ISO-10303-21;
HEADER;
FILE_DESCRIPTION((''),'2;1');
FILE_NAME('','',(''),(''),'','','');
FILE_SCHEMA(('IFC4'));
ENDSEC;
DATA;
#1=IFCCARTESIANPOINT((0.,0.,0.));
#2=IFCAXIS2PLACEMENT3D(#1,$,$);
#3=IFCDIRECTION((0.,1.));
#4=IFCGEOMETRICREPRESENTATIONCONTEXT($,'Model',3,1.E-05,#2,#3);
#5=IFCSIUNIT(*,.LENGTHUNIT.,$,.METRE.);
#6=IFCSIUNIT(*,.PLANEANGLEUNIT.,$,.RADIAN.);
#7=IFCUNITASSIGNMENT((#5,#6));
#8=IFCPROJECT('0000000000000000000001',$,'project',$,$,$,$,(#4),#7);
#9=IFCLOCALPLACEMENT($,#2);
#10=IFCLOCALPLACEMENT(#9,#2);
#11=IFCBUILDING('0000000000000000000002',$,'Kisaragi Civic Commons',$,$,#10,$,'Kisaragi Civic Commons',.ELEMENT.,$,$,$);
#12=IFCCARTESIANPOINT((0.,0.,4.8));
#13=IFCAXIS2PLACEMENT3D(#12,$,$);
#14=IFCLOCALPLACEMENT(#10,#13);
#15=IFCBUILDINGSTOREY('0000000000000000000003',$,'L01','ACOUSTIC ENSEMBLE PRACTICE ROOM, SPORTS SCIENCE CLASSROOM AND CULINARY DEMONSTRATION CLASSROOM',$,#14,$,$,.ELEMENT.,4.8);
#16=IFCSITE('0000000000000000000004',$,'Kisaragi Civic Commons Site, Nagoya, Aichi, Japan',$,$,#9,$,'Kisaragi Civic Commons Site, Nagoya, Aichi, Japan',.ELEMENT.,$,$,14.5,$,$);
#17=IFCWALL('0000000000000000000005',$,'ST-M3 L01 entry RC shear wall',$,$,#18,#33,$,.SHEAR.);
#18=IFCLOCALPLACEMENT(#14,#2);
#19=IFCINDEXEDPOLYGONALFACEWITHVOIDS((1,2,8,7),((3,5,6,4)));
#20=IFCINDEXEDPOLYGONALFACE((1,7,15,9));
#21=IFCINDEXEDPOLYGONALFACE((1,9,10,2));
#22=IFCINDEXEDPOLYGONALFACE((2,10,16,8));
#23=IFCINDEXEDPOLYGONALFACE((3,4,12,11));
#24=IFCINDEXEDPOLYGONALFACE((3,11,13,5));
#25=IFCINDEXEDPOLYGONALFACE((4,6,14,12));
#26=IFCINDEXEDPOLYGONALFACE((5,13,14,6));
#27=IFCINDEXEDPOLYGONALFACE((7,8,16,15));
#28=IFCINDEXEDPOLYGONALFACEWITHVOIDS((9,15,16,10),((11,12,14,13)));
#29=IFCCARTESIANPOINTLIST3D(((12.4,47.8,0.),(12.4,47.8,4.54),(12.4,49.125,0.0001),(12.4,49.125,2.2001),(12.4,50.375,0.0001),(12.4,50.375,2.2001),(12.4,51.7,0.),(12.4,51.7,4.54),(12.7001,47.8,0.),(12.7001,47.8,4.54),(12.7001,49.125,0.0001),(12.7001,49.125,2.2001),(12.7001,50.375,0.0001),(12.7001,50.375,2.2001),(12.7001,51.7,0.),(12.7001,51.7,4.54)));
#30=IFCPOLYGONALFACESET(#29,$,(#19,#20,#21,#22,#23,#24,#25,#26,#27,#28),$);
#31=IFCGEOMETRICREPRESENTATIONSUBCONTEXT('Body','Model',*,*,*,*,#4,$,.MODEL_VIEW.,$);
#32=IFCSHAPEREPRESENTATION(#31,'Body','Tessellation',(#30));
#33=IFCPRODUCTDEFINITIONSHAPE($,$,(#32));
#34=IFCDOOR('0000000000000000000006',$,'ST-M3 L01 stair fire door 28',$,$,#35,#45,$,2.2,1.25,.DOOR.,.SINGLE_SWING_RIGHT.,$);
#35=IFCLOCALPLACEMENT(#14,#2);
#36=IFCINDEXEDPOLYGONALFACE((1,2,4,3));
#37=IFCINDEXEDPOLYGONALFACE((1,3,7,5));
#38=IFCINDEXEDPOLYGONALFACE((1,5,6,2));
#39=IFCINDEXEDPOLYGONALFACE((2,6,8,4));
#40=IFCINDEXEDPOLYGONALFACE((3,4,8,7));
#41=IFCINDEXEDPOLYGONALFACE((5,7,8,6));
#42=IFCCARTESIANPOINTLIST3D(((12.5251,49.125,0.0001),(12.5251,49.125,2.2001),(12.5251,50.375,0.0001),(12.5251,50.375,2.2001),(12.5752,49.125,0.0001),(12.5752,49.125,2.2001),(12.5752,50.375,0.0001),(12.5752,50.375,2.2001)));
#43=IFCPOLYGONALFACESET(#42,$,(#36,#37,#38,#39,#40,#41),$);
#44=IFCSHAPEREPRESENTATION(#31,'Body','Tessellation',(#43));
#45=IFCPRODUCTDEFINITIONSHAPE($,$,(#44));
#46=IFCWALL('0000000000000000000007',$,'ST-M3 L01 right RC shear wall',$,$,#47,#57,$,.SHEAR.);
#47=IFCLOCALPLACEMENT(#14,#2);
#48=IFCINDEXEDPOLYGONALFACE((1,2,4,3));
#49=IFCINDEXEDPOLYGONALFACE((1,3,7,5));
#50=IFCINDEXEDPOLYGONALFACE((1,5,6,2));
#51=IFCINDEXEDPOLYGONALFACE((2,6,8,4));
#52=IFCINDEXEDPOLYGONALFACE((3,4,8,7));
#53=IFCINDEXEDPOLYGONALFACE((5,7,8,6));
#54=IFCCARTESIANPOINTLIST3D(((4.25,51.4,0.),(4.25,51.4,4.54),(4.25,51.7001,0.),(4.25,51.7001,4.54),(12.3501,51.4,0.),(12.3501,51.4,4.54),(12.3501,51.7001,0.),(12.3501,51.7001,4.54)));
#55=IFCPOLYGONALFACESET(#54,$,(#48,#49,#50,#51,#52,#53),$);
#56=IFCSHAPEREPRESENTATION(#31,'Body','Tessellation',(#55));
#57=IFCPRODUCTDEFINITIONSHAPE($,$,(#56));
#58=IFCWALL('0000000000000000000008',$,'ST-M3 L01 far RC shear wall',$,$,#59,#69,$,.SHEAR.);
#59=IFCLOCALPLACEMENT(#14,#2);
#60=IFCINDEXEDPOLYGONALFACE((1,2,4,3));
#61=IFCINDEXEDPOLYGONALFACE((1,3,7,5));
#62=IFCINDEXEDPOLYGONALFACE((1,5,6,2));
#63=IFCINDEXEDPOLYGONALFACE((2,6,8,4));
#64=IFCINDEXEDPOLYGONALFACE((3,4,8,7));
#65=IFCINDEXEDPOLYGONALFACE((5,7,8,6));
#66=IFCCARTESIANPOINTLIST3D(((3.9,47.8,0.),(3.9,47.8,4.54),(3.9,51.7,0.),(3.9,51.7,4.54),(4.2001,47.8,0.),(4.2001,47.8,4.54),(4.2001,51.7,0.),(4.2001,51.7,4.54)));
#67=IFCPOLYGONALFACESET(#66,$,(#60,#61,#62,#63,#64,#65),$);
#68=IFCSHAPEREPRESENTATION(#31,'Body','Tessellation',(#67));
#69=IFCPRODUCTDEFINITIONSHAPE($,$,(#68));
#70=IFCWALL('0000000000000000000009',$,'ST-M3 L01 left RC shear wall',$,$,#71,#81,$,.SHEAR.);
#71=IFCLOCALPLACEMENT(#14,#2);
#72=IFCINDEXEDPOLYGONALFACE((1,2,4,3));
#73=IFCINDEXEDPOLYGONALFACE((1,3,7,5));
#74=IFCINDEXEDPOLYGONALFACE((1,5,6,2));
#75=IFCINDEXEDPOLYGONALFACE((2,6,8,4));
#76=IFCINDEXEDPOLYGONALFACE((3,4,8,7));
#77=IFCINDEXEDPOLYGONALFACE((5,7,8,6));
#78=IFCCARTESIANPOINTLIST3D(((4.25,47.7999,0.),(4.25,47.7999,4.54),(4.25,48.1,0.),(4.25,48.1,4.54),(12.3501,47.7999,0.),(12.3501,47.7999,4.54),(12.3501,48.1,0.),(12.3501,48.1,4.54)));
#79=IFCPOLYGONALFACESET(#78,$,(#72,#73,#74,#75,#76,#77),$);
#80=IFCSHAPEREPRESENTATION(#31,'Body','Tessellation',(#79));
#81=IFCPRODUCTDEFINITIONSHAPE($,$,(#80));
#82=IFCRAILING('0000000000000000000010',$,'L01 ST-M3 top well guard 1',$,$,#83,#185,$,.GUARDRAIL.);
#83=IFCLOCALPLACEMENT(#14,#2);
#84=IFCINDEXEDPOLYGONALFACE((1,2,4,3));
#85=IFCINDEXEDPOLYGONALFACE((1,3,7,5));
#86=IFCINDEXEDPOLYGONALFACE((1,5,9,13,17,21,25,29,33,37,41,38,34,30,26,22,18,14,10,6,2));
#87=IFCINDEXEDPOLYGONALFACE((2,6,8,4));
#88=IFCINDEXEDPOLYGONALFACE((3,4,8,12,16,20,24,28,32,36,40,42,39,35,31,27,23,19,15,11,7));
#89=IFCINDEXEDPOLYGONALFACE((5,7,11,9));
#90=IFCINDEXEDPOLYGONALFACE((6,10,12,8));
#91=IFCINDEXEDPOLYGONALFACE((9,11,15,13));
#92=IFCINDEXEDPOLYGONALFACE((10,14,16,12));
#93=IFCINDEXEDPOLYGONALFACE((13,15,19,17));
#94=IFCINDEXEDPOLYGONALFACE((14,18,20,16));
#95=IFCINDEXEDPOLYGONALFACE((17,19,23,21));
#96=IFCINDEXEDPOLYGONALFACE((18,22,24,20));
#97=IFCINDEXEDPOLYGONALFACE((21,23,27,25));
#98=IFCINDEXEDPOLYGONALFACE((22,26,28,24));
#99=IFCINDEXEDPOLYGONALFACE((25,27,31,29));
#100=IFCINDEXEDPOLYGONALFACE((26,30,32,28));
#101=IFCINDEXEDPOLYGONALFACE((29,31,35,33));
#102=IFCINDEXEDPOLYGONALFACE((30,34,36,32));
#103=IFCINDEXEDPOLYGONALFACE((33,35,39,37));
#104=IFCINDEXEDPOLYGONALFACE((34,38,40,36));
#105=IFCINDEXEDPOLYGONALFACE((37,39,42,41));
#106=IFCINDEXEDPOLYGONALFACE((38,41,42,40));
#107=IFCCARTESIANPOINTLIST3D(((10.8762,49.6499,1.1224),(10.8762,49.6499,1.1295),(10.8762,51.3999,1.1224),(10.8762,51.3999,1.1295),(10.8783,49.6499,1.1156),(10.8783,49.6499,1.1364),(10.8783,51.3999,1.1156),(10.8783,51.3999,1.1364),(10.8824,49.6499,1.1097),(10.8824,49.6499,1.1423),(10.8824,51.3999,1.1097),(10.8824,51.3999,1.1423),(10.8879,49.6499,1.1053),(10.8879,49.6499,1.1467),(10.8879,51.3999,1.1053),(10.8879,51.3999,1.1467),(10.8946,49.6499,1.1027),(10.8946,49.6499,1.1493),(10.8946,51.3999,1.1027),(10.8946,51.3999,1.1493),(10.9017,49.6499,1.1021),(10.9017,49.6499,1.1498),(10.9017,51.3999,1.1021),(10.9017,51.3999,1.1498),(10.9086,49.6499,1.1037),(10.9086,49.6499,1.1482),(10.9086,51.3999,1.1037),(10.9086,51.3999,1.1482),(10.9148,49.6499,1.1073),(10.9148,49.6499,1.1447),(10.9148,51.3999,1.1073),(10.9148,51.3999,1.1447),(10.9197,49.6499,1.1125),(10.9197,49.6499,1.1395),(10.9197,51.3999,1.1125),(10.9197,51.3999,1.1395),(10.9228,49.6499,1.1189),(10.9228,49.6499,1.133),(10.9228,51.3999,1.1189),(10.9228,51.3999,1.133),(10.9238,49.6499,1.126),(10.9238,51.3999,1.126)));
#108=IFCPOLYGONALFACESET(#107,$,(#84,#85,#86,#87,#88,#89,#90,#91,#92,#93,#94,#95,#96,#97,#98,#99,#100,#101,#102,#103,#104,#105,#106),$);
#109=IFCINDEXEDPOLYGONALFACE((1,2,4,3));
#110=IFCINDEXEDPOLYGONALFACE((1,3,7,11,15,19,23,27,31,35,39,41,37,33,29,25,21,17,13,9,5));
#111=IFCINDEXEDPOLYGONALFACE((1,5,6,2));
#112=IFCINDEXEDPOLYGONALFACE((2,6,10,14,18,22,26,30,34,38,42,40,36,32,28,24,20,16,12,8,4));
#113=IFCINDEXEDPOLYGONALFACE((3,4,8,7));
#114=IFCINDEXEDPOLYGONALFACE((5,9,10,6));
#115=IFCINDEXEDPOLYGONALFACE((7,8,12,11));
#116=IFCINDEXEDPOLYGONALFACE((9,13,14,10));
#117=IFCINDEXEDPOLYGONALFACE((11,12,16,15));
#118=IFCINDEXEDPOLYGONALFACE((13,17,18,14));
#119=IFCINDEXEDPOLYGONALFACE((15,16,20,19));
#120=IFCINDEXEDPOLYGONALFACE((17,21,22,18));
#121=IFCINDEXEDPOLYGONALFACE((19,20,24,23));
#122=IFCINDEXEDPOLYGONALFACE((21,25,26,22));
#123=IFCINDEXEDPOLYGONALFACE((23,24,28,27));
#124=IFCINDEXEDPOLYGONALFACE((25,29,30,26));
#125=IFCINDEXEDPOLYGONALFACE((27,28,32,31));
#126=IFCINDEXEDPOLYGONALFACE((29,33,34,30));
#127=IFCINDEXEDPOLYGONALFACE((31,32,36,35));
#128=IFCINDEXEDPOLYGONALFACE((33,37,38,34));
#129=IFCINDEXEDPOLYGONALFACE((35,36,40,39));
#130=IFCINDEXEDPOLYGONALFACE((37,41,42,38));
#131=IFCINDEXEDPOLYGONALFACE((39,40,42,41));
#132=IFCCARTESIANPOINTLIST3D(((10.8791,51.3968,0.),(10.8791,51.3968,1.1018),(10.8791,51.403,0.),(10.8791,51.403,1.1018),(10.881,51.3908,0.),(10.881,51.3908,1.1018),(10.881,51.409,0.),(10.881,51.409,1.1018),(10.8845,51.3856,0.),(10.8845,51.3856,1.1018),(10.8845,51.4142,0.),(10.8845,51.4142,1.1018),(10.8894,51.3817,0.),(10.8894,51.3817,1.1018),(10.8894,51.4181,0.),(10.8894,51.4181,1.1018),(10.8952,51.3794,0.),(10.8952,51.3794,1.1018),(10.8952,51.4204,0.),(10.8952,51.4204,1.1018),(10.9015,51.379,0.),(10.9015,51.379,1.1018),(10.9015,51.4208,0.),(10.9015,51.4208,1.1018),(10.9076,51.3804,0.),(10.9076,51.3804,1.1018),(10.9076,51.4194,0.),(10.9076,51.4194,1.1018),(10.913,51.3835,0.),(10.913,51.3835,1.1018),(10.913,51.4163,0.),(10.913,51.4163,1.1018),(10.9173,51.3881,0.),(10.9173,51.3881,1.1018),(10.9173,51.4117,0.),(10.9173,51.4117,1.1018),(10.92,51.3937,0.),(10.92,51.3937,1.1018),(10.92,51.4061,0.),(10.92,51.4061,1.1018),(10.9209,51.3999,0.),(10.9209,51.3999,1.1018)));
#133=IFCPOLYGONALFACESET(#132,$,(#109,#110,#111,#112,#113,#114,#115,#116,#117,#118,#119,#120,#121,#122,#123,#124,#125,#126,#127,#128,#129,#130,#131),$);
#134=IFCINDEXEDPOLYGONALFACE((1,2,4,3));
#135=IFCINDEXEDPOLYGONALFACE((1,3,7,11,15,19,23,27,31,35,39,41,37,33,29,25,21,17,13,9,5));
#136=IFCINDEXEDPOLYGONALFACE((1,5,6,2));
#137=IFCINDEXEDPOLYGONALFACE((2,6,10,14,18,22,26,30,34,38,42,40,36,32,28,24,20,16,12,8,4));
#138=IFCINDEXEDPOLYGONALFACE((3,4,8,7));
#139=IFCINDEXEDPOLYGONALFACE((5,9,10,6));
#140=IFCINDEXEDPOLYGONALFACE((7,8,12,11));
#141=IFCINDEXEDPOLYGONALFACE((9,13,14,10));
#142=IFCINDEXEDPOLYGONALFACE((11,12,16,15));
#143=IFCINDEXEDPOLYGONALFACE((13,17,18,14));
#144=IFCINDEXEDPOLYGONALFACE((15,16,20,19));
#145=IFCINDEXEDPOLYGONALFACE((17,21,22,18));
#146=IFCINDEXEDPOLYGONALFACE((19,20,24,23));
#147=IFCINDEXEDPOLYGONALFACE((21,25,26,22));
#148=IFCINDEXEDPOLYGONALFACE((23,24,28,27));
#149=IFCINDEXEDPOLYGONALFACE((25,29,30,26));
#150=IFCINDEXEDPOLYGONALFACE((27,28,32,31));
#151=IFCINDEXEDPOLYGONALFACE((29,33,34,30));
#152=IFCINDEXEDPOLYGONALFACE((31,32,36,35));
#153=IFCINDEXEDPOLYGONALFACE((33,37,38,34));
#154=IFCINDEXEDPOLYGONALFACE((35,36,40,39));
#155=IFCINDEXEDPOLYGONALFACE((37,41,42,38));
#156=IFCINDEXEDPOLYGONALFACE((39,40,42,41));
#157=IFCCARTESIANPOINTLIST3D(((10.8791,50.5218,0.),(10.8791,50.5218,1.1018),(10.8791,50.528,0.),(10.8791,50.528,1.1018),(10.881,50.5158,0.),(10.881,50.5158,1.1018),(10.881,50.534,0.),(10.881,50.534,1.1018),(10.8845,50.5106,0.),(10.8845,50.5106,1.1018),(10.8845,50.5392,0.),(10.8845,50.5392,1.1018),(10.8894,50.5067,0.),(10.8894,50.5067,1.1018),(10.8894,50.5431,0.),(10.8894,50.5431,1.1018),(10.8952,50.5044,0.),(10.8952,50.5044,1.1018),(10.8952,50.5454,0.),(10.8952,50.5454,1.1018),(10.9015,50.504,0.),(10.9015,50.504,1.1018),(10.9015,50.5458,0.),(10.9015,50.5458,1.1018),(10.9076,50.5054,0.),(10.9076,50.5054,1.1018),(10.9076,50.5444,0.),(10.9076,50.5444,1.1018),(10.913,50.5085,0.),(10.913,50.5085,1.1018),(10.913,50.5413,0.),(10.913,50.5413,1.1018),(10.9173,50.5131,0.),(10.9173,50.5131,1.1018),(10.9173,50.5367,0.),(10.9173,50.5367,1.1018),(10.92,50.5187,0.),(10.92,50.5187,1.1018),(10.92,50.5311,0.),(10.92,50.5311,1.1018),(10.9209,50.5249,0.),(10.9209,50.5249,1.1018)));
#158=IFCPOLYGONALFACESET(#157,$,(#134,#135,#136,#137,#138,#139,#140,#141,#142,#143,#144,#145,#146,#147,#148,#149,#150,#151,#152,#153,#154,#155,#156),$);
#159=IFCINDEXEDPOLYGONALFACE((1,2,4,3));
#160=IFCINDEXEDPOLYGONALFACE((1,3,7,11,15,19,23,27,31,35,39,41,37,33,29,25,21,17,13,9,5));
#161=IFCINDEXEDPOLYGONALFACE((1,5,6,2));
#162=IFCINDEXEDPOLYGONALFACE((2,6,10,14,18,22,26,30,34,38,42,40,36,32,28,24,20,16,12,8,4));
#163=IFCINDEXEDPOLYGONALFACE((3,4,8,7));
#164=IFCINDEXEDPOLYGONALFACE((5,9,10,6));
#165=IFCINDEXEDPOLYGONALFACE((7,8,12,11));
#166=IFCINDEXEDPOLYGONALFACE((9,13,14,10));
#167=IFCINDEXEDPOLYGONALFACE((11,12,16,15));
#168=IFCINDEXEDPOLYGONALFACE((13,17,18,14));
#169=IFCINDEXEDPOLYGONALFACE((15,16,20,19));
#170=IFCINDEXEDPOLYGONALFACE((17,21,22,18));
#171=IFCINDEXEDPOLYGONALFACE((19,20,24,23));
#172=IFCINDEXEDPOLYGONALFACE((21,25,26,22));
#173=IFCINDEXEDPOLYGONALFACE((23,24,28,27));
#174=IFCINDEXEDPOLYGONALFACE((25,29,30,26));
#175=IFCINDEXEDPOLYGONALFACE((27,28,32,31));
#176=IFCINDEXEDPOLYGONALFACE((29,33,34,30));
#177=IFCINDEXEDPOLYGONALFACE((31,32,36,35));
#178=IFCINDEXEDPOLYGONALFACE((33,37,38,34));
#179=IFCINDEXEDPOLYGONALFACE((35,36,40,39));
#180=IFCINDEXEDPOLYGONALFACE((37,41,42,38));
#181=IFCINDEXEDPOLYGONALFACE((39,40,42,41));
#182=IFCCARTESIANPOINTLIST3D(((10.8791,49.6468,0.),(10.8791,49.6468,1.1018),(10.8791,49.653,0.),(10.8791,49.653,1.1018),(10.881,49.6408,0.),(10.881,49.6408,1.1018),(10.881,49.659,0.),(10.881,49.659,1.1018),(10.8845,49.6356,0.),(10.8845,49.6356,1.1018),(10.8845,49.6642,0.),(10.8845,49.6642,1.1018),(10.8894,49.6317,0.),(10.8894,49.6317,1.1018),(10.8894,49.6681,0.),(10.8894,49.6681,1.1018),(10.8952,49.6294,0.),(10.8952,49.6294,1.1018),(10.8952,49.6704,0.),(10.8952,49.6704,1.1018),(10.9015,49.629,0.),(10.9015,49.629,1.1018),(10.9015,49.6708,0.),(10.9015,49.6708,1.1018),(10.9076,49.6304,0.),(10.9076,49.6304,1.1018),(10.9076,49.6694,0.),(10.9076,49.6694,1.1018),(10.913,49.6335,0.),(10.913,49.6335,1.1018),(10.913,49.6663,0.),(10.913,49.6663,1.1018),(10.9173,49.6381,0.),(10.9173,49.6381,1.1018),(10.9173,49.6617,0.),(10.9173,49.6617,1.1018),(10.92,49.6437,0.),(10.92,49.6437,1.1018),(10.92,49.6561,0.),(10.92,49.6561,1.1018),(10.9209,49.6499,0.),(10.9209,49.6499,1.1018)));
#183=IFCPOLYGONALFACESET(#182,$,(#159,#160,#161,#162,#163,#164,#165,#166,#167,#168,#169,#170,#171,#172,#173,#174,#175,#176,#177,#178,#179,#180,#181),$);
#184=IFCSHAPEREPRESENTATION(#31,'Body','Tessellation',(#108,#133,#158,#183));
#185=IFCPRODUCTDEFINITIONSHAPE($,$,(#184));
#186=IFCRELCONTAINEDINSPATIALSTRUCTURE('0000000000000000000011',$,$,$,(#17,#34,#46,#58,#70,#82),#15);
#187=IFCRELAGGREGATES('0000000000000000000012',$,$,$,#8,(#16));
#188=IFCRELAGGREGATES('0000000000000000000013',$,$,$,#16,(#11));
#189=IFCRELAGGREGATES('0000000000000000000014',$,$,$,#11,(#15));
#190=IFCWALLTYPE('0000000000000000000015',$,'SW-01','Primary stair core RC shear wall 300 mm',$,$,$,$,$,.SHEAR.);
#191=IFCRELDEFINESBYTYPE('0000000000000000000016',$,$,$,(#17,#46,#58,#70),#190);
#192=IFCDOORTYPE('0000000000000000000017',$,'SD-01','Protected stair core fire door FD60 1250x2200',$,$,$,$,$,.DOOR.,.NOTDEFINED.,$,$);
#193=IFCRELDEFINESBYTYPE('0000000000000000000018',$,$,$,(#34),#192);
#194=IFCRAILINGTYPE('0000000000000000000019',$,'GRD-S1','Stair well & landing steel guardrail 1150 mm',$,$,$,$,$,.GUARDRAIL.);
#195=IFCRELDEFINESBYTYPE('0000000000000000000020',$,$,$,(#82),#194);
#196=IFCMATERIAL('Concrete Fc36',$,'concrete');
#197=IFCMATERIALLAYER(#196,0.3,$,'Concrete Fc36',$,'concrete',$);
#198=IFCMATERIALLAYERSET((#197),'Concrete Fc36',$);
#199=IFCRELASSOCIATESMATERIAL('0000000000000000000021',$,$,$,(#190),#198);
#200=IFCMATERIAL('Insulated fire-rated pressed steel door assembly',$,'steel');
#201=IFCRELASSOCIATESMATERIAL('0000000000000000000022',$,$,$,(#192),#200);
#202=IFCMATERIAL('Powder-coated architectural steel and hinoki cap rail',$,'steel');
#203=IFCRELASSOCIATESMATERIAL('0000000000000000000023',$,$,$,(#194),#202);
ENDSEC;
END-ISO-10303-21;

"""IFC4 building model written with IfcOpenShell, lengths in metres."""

from ifc_helpers import new_model, si_unit, direction, frame, frame_2d, origin, origin_2d, place, context, subcontext, project, spatial, rectangle, circle, extrude, material, layer, layer_set, type_object, element, fill, save


model = new_model("IFC4")

# Units and contexts
model_context = context("Model", 3, precision=1e-05, world=origin(), true_north=direction((0.0, 1.0)))
body_context = subcontext(model_context, "Body", "Model", "MODEL_VIEW")
ifc_project = project(units=[si_unit("LENGTHUNIT", "METRE"), si_unit("PLANEANGLEUNIT", "RADIAN")], contexts=[model_context])

# Site, building, storey
site_placement = place(None, origin())
site = spatial("IfcSite", under=ifc_project, at=site_placement, Name="Kisaragi Civic Commons Site, Nagoya, Aichi, Japan", LongName="Kisaragi Civic Commons Site, Nagoya, Aichi, Japan", CompositionType="ELEMENT", RefElevation=14.5)
building_placement = place(site_placement, origin())
building = spatial("IfcBuilding", under=site, at=building_placement, Name="Kisaragi Civic Commons", LongName="Kisaragi Civic Commons", CompositionType="ELEMENT")
storey_placement = place(building_placement, frame((0.0, 0.0, 4.8)))
storey = spatial("IfcBuildingStorey", under=building, at=storey_placement, Name="L01", Description="ACOUSTIC ENSEMBLE PRACTICE ROOM, SPORTS SCIENCE CLASSROOM AND CULINARY DEMONSTRATION CLASSROOM", CompositionType="ELEMENT", Elevation=4.8)

# Shared definitions
ifc_material_1 = material(Name="Concrete Fc36", Category="concrete")

# Wall, opening, door
ifc_layer_1 = layer(ifc_material_1, 0.3, Name="Concrete Fc36", Category="concrete")
ifc_layer_set_1 = layer_set([ifc_layer_1], Name="Concrete Fc36")
wall_type_1 = type_object("IfcWallType", Name="SW-01", Description="Primary stair core RC shear wall 300 mm", PredefinedType="SHEAR", material=ifc_layer_set_1)
wall_1_placement = place(storey_placement, frame((12.55, 47.8, 0.0), z_axis=(0.0, 0.0, 1.0), x_axis=(0.0, 1.0, 0.0)))
wall_1 = element("IfcWall", 1, at=wall_1_placement, inside=storey, type_object=wall_type_1, Name="ST-M3 L01 entry RC shear wall", PredefinedType="SHEAR", context=body_context, shape_type="SweptSolid", body=[
    extrude(rectangle(XDim=3.8999, YDim=0.3, at=frame_2d((1.95, 0.0))), origin(), (0.0, 0.0, 1.0), 4.54),
])
opening_1_placement = place(wall_1_placement, frame((1.325, 0.0, 0.0)))
opening_1 = element("IfcOpeningElement", 2, at=opening_1_placement, cuts=wall_1, PredefinedType="OPENING", context=body_context, shape_type="SweptSolid", body=[
    extrude(rectangle(XDim=1.25, YDim=2.2, at=frame_2d((0.625, 1.1001))), frame((0.0, 0.1599, 0.0), z_axis=(0.0, -1.0, 0.0), x_axis=(1.0, 0.0, 0.0)), (0.0, 0.0, 1.0), 0.3201),
])
ifc_material_2 = material(Name="Insulated fire-rated pressed steel door assembly", Category="steel")
door_type_1 = type_object("IfcDoorType", Name="SD-01", Description="Protected stair core fire door FD60 1250x2200", OperationType="NOTDEFINED", PredefinedType="DOOR", material=ifc_material_2)
door_1_placement = place(opening_1_placement, origin())
door_1 = element("IfcDoor", 3, at=door_1_placement, inside=storey, type_object=door_type_1, Name="ST-M3 L01 stair fire door 28", OperationType="SINGLE_SWING_RIGHT", OverallHeight=2.2, OverallWidth=1.25, PredefinedType="DOOR", context=body_context, shape_type="SweptSolid", body=[
    extrude(rectangle(XDim=1.25, YDim=2.2, at=frame_2d((0.625, 1.1001))), frame((0.0, 0.0249, 0.0), z_axis=(0.0, -1.0, 0.0), x_axis=(1.0, 0.0, 0.0)), (0.0, 0.0, 1.0), 0.05),
])
fill(opening_1, door_1)

# Walls
wall_2_placement = place(storey_placement, frame((12.3501, 51.55, 0.0), z_axis=(0.0, 0.0, 1.0), x_axis=(-1.0, 0.0, 0.0)))
element("IfcWall", 4, at=wall_2_placement, inside=storey, type_object=wall_type_1, Name="ST-M3 L01 right RC shear wall", PredefinedType="SHEAR", context=body_context, shape_type="SweptSolid", body=[
    extrude(rectangle(XDim=8.1001, YDim=0.3, at=frame_2d((4.05, 0.0))), origin(), (0.0, 0.0, 1.0), 4.54),
])
wall_3_placement = place(storey_placement, frame((4.05, 51.7, 0.0), z_axis=(0.0, 0.0, 1.0), x_axis=(0.0, -1.0, 0.0)))
element("IfcWall", 5, at=wall_3_placement, inside=storey, type_object=wall_type_1, Name="ST-M3 L01 far RC shear wall", PredefinedType="SHEAR", context=body_context, shape_type="SweptSolid", body=[
    extrude(rectangle(XDim=3.8999, YDim=0.3, at=frame_2d((1.95, 0.0))), origin(), (0.0, 0.0, 1.0), 4.54),
])
wall_4_placement = place(storey_placement, frame((4.25, 47.95, 0.0), z_axis=(0.0, 0.0, 1.0), x_axis=(1.0, 0.0, 0.0)))
element("IfcWall", 6, at=wall_4_placement, inside=storey, type_object=wall_type_1, Name="ST-M3 L01 left RC shear wall", PredefinedType="SHEAR", context=body_context, shape_type="SweptSolid", body=[
    extrude(rectangle(XDim=8.1001, YDim=0.3, at=frame_2d((4.05, 0.0))), origin(), (0.0, 0.0, 1.0), 4.54),
])

# Railing
ifc_material_3 = material(Name="Powder-coated architectural steel and hinoki cap rail", Category="steel")
railing_type_1 = type_object("IfcRailingType", Name="GRD-S1", Description="Stair well & landing steel guardrail 1150 mm", PredefinedType="GUARDRAIL", material=ifc_material_3)
railing_1_placement = place(storey_placement, frame((10.8999, 51.3999, 0.0)))
element("IfcRailing", 7, at=railing_1_placement, inside=storey, type_object=railing_type_1, Name="L01 ST-M3 top well guard 1", PredefinedType="GUARDRAIL", context=body_context, shape_type="SweptSolid", body=[
    extrude(circle(Radius=0.0239, at=origin_2d()), frame((0.0, 0.0, 1.126), z_axis=(0.0, -1.0, 0.0), x_axis=(1.0, 0.0, 0.0)), (0.0, 0.0, 1.0), 1.75),
    extrude(circle(Radius=0.021, at=origin_2d()), origin(), (0.0, 0.0, 1.0), 1.1018),
    extrude(circle(Radius=0.021, at=origin_2d()), frame((0.0, -0.875, 0.0)), (0.0, 0.0, 1.0), 1.1018),
    extrude(circle(Radius=0.021, at=origin_2d()), frame((0.0, -1.75, 0.0)), (0.0, 0.0, 1.0), 1.1018),
])

save(model, "model.ifc")
